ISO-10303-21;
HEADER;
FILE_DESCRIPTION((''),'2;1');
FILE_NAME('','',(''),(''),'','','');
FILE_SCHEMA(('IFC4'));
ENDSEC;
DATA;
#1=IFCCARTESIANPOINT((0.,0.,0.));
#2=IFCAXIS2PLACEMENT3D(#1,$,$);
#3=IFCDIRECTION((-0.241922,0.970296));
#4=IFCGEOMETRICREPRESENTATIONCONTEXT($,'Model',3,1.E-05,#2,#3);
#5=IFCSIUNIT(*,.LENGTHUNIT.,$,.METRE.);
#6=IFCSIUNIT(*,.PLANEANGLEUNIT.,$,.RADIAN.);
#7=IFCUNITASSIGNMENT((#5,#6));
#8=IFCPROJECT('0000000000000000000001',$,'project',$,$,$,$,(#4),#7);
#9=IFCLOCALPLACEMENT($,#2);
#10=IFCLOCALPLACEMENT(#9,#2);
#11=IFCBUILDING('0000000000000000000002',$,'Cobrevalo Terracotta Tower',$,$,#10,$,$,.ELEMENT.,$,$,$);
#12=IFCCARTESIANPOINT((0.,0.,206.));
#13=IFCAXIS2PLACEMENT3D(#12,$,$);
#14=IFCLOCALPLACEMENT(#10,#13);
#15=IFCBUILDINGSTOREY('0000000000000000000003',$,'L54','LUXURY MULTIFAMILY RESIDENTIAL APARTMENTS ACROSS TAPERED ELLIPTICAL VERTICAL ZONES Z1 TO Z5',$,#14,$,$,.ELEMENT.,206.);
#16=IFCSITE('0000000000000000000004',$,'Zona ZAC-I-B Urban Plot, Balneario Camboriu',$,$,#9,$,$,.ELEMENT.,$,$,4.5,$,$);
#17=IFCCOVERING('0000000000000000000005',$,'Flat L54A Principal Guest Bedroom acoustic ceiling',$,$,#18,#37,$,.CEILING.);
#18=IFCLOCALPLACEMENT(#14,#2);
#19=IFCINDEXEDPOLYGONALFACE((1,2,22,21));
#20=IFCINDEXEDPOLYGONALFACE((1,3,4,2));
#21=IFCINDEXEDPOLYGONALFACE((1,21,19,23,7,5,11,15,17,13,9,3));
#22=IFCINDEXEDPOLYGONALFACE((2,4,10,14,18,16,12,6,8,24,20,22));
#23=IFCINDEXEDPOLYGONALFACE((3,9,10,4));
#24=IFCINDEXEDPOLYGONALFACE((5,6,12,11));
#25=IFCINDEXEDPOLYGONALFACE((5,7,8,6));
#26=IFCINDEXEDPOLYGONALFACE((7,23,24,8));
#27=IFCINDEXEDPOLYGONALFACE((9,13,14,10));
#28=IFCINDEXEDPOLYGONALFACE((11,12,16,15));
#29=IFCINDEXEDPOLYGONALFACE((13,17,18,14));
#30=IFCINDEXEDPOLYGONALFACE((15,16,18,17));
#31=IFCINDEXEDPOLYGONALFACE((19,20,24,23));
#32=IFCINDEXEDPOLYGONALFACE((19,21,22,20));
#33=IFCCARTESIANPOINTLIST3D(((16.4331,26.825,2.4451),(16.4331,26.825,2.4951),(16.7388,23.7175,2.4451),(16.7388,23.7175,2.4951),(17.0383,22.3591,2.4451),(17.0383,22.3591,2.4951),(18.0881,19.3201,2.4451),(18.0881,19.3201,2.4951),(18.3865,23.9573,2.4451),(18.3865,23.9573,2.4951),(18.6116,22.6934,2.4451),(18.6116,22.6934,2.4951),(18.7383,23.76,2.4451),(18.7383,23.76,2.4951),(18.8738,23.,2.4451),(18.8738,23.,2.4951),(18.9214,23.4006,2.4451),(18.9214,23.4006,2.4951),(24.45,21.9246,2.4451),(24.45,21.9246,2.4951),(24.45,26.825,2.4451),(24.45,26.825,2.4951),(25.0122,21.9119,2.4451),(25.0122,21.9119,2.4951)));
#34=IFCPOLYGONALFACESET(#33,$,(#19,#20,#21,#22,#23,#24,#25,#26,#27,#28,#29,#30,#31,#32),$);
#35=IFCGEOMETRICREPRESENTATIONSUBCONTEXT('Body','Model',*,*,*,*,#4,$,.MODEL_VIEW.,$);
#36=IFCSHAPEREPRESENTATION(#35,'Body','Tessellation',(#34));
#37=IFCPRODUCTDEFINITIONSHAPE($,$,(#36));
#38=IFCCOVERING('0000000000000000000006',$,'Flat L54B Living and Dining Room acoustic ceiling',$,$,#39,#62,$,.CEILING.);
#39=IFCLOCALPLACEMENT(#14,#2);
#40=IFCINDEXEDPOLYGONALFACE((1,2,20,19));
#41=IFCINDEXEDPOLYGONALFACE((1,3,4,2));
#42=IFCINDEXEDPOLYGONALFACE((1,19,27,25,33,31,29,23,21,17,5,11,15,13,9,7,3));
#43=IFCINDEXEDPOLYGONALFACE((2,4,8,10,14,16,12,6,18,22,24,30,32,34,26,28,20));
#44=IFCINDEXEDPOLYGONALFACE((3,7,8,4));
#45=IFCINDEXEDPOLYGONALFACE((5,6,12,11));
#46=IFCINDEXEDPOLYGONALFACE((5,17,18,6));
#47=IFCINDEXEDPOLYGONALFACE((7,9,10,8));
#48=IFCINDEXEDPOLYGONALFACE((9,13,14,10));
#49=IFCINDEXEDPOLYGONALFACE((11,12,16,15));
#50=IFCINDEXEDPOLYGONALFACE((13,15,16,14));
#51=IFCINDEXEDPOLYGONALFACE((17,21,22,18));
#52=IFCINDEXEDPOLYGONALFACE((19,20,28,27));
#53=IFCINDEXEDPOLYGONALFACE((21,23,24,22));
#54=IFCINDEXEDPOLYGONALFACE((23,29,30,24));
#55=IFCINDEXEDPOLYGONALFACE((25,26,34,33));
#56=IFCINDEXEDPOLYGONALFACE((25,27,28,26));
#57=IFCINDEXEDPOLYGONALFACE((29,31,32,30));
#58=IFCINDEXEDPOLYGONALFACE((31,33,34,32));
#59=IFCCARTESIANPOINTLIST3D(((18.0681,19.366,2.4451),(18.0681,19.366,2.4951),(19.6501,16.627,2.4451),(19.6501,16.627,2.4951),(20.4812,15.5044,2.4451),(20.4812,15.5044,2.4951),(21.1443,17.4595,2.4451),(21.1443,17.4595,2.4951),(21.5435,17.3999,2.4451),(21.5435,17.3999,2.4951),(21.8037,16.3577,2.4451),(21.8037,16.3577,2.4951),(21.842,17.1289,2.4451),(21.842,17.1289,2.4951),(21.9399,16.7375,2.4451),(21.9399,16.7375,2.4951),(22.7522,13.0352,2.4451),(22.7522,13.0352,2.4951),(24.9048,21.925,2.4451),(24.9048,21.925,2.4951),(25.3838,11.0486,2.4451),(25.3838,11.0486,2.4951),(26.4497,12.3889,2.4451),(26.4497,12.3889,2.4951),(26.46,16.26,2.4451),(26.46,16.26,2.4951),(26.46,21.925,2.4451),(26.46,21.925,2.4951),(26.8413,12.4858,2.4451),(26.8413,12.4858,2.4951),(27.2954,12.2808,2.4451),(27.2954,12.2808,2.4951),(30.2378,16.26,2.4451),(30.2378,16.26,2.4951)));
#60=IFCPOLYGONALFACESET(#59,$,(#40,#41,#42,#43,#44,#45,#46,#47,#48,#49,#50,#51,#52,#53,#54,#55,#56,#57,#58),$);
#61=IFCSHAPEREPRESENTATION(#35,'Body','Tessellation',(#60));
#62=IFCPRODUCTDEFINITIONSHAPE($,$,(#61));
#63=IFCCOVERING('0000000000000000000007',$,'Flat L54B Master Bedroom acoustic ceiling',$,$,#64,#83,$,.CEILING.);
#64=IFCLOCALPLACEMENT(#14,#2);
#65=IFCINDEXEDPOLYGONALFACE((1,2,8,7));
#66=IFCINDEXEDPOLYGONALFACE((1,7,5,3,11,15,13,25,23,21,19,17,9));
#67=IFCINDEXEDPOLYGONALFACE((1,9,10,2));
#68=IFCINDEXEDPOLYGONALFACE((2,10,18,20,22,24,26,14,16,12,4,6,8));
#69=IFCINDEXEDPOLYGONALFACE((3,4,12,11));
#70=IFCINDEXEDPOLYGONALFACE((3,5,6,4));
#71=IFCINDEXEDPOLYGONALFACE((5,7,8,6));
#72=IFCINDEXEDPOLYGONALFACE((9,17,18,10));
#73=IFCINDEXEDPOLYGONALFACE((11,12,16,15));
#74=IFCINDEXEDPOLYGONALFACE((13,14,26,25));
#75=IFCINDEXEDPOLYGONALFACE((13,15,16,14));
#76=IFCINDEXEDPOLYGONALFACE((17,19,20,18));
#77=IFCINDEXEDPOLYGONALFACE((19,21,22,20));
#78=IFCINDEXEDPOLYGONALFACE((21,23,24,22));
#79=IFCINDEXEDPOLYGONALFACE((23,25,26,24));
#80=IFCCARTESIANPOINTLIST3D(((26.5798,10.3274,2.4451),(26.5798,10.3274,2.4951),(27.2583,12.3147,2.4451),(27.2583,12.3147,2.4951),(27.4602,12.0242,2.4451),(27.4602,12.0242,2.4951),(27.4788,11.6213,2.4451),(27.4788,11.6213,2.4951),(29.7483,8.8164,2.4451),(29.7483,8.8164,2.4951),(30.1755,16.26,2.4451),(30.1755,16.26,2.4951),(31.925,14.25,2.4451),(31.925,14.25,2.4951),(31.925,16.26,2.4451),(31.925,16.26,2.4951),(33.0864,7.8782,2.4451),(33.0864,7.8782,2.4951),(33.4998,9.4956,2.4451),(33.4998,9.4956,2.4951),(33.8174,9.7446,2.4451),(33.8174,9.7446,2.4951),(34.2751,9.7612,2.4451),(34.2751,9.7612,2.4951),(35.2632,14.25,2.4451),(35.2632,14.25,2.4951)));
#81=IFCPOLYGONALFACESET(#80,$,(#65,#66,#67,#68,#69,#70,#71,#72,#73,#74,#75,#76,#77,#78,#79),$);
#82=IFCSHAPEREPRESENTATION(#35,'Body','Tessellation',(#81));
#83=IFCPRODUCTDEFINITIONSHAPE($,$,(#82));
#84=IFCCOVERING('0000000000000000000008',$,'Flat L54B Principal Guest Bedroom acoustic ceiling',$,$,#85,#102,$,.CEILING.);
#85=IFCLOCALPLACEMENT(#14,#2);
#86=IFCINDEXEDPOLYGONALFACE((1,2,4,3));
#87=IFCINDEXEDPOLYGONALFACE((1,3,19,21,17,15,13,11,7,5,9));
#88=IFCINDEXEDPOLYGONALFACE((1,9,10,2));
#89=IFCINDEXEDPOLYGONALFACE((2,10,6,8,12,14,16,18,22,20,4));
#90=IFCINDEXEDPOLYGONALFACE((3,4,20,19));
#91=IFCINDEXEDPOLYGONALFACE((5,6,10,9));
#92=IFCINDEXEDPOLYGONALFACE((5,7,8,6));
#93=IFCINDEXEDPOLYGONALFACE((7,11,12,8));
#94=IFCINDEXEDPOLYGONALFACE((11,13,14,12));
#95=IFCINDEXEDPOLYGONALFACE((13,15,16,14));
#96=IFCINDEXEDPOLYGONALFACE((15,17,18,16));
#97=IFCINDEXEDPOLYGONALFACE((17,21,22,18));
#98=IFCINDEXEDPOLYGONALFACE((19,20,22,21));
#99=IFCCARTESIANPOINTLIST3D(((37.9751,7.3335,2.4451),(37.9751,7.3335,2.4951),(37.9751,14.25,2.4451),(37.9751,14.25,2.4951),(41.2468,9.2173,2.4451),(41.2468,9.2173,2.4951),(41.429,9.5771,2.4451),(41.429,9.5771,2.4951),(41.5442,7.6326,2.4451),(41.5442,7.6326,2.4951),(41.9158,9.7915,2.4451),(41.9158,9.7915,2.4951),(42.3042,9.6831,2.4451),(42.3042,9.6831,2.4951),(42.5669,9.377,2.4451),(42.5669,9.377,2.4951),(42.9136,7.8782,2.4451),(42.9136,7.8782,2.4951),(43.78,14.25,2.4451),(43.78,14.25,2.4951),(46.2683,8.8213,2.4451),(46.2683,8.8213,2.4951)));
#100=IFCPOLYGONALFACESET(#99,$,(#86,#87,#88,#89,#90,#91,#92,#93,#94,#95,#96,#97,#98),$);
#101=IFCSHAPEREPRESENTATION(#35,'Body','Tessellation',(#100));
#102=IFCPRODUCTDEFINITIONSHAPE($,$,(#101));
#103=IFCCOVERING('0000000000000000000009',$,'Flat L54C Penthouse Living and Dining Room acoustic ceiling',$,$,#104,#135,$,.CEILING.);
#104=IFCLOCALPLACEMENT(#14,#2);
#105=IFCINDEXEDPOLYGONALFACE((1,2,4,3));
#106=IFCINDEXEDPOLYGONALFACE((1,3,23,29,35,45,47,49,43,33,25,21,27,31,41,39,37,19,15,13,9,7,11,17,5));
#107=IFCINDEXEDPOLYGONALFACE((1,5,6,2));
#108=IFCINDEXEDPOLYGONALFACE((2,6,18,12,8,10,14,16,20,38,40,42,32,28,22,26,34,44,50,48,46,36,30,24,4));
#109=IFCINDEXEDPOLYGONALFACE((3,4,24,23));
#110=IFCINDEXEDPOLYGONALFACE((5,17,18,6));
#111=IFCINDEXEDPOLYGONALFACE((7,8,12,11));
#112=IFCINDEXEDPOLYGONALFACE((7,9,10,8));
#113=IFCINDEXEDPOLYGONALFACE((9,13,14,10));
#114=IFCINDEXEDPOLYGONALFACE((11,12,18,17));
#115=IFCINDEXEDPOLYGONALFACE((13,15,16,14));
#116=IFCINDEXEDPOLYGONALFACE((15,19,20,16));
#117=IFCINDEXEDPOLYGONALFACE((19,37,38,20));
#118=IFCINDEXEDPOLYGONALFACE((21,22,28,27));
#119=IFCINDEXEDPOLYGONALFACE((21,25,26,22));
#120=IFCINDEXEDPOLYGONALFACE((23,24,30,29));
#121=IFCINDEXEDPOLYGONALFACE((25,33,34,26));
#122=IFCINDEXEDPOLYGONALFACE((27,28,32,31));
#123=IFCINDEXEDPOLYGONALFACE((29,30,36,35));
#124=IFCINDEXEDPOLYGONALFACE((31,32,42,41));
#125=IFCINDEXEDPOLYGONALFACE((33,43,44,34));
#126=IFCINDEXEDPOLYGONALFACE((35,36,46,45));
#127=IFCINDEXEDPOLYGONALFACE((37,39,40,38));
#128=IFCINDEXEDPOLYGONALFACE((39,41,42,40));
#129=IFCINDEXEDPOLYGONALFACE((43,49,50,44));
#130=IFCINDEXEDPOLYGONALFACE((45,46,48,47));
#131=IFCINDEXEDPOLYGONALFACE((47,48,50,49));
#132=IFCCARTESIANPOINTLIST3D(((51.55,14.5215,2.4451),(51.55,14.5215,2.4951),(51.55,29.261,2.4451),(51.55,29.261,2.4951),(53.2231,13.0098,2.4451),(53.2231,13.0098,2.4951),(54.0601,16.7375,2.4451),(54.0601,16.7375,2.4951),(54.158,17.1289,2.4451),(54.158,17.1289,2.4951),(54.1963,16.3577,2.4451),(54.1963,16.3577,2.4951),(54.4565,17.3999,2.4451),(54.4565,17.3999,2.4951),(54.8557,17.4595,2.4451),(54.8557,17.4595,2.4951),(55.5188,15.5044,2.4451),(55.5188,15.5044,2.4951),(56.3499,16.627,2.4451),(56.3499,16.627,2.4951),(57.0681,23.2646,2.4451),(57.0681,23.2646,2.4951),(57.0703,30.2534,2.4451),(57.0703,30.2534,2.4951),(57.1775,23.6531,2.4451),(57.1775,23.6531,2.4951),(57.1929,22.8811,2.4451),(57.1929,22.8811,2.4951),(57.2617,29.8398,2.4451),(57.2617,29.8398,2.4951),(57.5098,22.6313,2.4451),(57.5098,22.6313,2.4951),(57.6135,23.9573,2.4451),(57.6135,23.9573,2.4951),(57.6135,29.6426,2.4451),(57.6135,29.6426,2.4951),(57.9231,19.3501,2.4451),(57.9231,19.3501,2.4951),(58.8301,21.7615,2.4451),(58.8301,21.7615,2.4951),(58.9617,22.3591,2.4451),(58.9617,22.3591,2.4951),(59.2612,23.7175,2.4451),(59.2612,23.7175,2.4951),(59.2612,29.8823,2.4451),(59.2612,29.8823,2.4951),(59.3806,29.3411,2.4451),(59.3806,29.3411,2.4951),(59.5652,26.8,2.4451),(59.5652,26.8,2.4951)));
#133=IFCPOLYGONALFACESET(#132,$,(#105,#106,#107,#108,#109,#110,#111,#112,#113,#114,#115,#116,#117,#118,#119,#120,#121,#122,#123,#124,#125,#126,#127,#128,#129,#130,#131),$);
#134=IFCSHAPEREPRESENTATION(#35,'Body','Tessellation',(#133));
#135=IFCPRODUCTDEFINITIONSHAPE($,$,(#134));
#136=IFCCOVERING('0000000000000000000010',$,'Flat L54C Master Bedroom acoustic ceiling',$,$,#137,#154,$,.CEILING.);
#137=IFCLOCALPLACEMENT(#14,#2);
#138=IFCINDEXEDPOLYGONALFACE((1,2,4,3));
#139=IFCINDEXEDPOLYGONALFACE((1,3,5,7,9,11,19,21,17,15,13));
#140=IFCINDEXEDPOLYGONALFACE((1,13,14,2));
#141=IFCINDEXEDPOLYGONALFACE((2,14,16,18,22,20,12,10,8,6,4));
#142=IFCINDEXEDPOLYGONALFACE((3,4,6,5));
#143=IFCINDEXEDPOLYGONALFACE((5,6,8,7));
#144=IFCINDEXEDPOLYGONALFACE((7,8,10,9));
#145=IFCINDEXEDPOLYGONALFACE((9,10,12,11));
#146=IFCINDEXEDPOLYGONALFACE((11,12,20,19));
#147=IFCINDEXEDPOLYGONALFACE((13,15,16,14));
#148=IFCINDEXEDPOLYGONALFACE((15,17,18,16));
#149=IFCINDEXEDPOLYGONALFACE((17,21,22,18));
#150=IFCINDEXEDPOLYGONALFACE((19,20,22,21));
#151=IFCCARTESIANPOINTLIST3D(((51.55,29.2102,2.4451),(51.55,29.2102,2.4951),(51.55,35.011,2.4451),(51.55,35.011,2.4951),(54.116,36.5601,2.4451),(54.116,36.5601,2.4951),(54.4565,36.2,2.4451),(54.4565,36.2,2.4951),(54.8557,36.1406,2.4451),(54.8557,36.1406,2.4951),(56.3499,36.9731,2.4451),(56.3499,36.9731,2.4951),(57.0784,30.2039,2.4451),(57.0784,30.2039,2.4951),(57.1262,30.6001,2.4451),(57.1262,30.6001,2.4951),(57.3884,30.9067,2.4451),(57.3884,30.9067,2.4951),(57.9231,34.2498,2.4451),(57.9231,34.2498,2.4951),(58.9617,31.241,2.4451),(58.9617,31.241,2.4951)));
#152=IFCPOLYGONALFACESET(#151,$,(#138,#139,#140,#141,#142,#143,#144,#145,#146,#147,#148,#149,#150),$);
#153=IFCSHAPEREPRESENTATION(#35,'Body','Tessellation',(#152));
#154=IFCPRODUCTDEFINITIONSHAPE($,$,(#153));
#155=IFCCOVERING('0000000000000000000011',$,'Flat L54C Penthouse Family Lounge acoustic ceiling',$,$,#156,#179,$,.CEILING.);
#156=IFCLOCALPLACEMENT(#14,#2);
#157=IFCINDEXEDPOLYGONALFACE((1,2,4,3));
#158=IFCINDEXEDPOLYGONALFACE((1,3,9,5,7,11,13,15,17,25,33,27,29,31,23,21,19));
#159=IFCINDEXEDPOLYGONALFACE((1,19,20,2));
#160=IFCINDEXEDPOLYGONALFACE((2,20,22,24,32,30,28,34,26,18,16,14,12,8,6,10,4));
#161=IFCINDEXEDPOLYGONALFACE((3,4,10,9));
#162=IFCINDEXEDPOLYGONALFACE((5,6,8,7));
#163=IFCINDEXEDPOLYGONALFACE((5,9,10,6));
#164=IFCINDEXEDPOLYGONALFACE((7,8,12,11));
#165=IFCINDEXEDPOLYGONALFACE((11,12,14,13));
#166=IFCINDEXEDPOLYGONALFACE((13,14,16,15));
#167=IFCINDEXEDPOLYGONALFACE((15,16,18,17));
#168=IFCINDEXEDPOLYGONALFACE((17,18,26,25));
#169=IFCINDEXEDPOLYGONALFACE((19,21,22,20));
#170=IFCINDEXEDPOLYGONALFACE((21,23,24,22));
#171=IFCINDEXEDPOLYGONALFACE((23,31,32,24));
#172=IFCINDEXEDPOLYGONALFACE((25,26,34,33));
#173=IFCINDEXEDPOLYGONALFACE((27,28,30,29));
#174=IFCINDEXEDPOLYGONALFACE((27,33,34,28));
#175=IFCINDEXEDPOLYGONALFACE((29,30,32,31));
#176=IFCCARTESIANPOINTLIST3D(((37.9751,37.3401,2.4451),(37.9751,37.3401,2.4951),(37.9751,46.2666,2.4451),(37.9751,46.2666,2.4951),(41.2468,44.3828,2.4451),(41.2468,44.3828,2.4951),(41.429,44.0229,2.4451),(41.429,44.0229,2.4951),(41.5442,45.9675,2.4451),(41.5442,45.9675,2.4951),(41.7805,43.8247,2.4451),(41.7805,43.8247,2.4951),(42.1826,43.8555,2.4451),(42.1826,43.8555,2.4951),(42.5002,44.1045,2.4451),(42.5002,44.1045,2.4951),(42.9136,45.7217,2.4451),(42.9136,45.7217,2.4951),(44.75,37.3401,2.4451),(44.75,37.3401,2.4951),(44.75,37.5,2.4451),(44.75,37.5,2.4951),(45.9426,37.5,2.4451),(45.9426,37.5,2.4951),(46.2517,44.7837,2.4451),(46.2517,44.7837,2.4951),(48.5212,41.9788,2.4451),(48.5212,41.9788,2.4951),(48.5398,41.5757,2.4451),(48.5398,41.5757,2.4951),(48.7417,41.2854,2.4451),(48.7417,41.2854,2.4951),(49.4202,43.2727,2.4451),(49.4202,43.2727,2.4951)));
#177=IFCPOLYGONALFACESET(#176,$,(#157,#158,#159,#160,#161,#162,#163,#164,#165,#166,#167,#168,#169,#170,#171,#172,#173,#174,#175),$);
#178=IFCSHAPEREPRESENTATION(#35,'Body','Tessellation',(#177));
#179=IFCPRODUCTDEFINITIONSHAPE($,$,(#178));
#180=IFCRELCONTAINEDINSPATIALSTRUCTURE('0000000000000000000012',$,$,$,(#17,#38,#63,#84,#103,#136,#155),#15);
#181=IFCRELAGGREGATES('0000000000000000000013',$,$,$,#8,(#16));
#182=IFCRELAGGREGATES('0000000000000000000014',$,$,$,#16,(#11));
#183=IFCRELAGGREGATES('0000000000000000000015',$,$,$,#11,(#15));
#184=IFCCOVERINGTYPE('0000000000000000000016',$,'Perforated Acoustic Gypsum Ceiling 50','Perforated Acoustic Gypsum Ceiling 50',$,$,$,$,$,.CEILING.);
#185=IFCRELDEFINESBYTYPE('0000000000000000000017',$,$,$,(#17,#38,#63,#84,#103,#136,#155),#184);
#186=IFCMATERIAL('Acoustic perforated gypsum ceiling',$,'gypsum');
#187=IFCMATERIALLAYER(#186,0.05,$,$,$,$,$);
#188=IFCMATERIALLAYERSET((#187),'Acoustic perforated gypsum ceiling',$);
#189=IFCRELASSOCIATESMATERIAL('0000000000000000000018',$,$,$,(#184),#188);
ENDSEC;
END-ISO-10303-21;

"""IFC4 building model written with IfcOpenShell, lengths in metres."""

from ifc_helpers import new_model, si_unit, direction, frame, origin, place, context, subcontext, project, spatial, polyline, outline, extrude, material, layer, layer_set, type_object, element, save


model = new_model("IFC4")

# Units and contexts
model_context = context("Model", 3, precision=1e-05, world=origin(), true_north=direction((-0.241922, 0.970296)))
body_context = subcontext(model_context, "Body", "Model", "MODEL_VIEW")
ifc_project = project(units=[si_unit("LENGTHUNIT", "METRE"), si_unit("PLANEANGLEUNIT", "RADIAN")], contexts=[model_context])

# Site, building, storey
site_placement = place(None, origin())
site = spatial("IfcSite", under=ifc_project, at=site_placement, Name="Zona ZAC-I-B Urban Plot, Balneario Camboriu", CompositionType="ELEMENT", RefElevation=4.5)
building_placement = place(site_placement, origin())
building = spatial("IfcBuilding", under=site, at=building_placement, Name="Cobrevalo Terracotta Tower", CompositionType="ELEMENT")
storey_placement = place(building_placement, frame((0.0, 0.0, 206.0)))
storey = spatial("IfcBuildingStorey", under=building, at=storey_placement, Name="L54", Description="LUXURY MULTIFAMILY RESIDENTIAL APARTMENTS ACROSS TAPERED ELLIPTICAL VERTICAL ZONES Z1 TO Z5", CompositionType="ELEMENT", Elevation=206.0)

# Coverings
ifc_material_1 = material(Name="Acoustic perforated gypsum ceiling", Category="gypsum")
ifc_layer_1 = layer(ifc_material_1, 0.05)
ifc_layer_set_1 = layer_set([ifc_layer_1], Name="Acoustic perforated gypsum ceiling")
covering_type_1 = type_object("IfcCoveringType", Name="Perforated Acoustic Gypsum Ceiling 50", Description="Perforated Acoustic Gypsum Ceiling 50", PredefinedType="CEILING", material=ifc_layer_set_1)
covering_1_placement = place(storey_placement, frame((0.0, 0.0, 2.4451)))
element("IfcCovering", 1, at=covering_1_placement, inside=storey, type_object=covering_type_1, Name="Flat L54A Principal Guest Bedroom acoustic ceiling", PredefinedType="CEILING", context=body_context, shape_type="SweptSolid", body=[
    extrude(outline(polyline([(16.4331, 26.825), (24.45, 26.825), (24.45, 21.9246), (25.0122, 21.9119), (18.0881, 19.3201), (17.0383, 22.3591), (18.6116, 22.6934), (18.8738, 23.0), (18.9214, 23.4006), (18.7383, 23.76), (18.3865, 23.9573), (16.7388, 23.7175), (16.4331, 26.825)])), origin(), (0.0, 0.0, 1.0), 0.05),
])
covering_2_placement = place(storey_placement, frame((0.0, 0.0, 2.4451)))
element("IfcCovering", 2, at=covering_2_placement, inside=storey, type_object=covering_type_1, Name="Flat L54B Living and Dining Room acoustic ceiling", PredefinedType="CEILING", context=body_context, shape_type="SweptSolid", body=[
    extrude(outline(polyline([(22.7522, 13.0352), (20.4812, 15.5044), (21.8037, 16.3577), (21.9399, 16.7375), (21.842, 17.1289), (21.5435, 17.3999), (21.1443, 17.4595), (19.6501, 16.627), (18.0681, 19.366), (24.9048, 21.925), (26.46, 21.925), (26.46, 16.26), (30.2378, 16.26), (27.2954, 12.2808), (26.8413, 12.4858), (26.4497, 12.3889), (25.3838, 11.0486), (22.7522, 13.0352)])), origin(), (0.0, 0.0, 1.0), 0.05),
])
covering_3_placement = place(storey_placement, frame((0.0, 0.0, 2.4451)))
element("IfcCovering", 3, at=covering_3_placement, inside=storey, type_object=covering_type_1, Name="Flat L54B Master Bedroom acoustic ceiling", PredefinedType="CEILING", context=body_context, shape_type="SweptSolid", body=[
    extrude(outline(polyline([(29.7483, 8.8164), (26.5798, 10.3274), (27.4788, 11.6213), (27.4602, 12.0242), (27.2583, 12.3147), (30.1755, 16.26), (31.925, 16.26), (31.925, 14.25), (35.2632, 14.25), (34.2751, 9.7612), (33.8174, 9.7446), (33.4998, 9.4956), (33.0864, 7.8782), (29.7483, 8.8164)])), origin(), (0.0, 0.0, 1.0), 0.05),
])
covering_4_placement = place(storey_placement, frame((0.0, 0.0, 2.4451)))
element("IfcCovering", 4, at=covering_4_placement, inside=storey, type_object=covering_type_1, Name="Flat L54B Principal Guest Bedroom acoustic ceiling", PredefinedType="CEILING", context=body_context, shape_type="SweptSolid", body=[
    extrude(outline(polyline([(42.9136, 7.8782), (42.5669, 9.377), (42.3042, 9.6831), (41.9158, 9.7915), (41.429, 9.5771), (41.2468, 9.2173), (41.5442, 7.6326), (37.9751, 7.3335), (37.9751, 14.25), (43.78, 14.25), (46.2683, 8.8213), (42.9136, 7.8782)])), origin(), (0.0, 0.0, 1.0), 0.05),
])
covering_5_placement = place(storey_placement, frame((0.0, 0.0, 2.4451)))
element("IfcCovering", 5, at=covering_5_placement, inside=storey, type_object=covering_type_1, Name="Flat L54C Penthouse Living and Dining Room acoustic ceiling", PredefinedType="CEILING", context=body_context, shape_type="SweptSolid", body=[
    extrude(outline(polyline([(57.0703, 30.2534), (57.2617, 29.8398), (57.6135, 29.6426), (59.2612, 29.8823), (59.3806, 29.3411), (59.5652, 26.8), (59.2612, 23.7175), (57.6135, 23.9573), (57.1775, 23.6531), (57.0681, 23.2646), (57.1929, 22.8811), (57.5098, 22.6313), (58.9617, 22.3591), (58.8301, 21.7615), (57.9231, 19.3501), (56.3499, 16.627), (54.8557, 17.4595), (54.4565, 17.3999), (54.158, 17.1289), (54.0601, 16.7375), (54.1963, 16.3577), (55.5188, 15.5044), (53.2231, 13.0098), (51.55, 14.5215), (51.55, 29.261), (57.0703, 30.2534)])), origin(), (0.0, 0.0, 1.0), 0.05),
])
covering_6_placement = place(storey_placement, frame((0.0, 0.0, 2.4451)))
element("IfcCovering", 6, at=covering_6_placement, inside=storey, type_object=covering_type_1, Name="Flat L54C Master Bedroom acoustic ceiling", PredefinedType="CEILING", context=body_context, shape_type="SweptSolid", body=[
    extrude(outline(polyline([(54.116, 36.5601), (54.4565, 36.2), (54.8557, 36.1406), (56.3499, 36.9731), (57.9231, 34.2498), (58.9617, 31.241), (57.3884, 30.9067), (57.1262, 30.6001), (57.0784, 30.2039), (51.55, 29.2102), (51.55, 35.011), (54.116, 36.5601)])), origin(), (0.0, 0.0, 1.0), 0.05),
])
covering_7_placement = place(storey_placement, frame((0.0, 0.0, 2.4451)))
element("IfcCovering", 7, at=covering_7_placement, inside=storey, type_object=covering_type_1, Name="Flat L54C Penthouse Family Lounge acoustic ceiling", PredefinedType="CEILING", context=body_context, shape_type="SweptSolid", body=[
    extrude(outline(polyline([(44.75, 37.3401), (37.9751, 37.3401), (37.9751, 46.2666), (41.5442, 45.9675), (41.2468, 44.3828), (41.429, 44.0229), (41.7805, 43.8247), (42.1826, 43.8555), (42.5002, 44.1045), (42.9136, 45.7217), (46.2517, 44.7837), (49.4202, 43.2727), (48.5212, 41.9788), (48.5398, 41.5757), (48.7417, 41.2854), (45.9426, 37.5), (44.75, 37.5), (44.75, 37.3401)])), origin(), (0.0, 0.0, 1.0), 0.05),
])

save(model, "model.ifc")
